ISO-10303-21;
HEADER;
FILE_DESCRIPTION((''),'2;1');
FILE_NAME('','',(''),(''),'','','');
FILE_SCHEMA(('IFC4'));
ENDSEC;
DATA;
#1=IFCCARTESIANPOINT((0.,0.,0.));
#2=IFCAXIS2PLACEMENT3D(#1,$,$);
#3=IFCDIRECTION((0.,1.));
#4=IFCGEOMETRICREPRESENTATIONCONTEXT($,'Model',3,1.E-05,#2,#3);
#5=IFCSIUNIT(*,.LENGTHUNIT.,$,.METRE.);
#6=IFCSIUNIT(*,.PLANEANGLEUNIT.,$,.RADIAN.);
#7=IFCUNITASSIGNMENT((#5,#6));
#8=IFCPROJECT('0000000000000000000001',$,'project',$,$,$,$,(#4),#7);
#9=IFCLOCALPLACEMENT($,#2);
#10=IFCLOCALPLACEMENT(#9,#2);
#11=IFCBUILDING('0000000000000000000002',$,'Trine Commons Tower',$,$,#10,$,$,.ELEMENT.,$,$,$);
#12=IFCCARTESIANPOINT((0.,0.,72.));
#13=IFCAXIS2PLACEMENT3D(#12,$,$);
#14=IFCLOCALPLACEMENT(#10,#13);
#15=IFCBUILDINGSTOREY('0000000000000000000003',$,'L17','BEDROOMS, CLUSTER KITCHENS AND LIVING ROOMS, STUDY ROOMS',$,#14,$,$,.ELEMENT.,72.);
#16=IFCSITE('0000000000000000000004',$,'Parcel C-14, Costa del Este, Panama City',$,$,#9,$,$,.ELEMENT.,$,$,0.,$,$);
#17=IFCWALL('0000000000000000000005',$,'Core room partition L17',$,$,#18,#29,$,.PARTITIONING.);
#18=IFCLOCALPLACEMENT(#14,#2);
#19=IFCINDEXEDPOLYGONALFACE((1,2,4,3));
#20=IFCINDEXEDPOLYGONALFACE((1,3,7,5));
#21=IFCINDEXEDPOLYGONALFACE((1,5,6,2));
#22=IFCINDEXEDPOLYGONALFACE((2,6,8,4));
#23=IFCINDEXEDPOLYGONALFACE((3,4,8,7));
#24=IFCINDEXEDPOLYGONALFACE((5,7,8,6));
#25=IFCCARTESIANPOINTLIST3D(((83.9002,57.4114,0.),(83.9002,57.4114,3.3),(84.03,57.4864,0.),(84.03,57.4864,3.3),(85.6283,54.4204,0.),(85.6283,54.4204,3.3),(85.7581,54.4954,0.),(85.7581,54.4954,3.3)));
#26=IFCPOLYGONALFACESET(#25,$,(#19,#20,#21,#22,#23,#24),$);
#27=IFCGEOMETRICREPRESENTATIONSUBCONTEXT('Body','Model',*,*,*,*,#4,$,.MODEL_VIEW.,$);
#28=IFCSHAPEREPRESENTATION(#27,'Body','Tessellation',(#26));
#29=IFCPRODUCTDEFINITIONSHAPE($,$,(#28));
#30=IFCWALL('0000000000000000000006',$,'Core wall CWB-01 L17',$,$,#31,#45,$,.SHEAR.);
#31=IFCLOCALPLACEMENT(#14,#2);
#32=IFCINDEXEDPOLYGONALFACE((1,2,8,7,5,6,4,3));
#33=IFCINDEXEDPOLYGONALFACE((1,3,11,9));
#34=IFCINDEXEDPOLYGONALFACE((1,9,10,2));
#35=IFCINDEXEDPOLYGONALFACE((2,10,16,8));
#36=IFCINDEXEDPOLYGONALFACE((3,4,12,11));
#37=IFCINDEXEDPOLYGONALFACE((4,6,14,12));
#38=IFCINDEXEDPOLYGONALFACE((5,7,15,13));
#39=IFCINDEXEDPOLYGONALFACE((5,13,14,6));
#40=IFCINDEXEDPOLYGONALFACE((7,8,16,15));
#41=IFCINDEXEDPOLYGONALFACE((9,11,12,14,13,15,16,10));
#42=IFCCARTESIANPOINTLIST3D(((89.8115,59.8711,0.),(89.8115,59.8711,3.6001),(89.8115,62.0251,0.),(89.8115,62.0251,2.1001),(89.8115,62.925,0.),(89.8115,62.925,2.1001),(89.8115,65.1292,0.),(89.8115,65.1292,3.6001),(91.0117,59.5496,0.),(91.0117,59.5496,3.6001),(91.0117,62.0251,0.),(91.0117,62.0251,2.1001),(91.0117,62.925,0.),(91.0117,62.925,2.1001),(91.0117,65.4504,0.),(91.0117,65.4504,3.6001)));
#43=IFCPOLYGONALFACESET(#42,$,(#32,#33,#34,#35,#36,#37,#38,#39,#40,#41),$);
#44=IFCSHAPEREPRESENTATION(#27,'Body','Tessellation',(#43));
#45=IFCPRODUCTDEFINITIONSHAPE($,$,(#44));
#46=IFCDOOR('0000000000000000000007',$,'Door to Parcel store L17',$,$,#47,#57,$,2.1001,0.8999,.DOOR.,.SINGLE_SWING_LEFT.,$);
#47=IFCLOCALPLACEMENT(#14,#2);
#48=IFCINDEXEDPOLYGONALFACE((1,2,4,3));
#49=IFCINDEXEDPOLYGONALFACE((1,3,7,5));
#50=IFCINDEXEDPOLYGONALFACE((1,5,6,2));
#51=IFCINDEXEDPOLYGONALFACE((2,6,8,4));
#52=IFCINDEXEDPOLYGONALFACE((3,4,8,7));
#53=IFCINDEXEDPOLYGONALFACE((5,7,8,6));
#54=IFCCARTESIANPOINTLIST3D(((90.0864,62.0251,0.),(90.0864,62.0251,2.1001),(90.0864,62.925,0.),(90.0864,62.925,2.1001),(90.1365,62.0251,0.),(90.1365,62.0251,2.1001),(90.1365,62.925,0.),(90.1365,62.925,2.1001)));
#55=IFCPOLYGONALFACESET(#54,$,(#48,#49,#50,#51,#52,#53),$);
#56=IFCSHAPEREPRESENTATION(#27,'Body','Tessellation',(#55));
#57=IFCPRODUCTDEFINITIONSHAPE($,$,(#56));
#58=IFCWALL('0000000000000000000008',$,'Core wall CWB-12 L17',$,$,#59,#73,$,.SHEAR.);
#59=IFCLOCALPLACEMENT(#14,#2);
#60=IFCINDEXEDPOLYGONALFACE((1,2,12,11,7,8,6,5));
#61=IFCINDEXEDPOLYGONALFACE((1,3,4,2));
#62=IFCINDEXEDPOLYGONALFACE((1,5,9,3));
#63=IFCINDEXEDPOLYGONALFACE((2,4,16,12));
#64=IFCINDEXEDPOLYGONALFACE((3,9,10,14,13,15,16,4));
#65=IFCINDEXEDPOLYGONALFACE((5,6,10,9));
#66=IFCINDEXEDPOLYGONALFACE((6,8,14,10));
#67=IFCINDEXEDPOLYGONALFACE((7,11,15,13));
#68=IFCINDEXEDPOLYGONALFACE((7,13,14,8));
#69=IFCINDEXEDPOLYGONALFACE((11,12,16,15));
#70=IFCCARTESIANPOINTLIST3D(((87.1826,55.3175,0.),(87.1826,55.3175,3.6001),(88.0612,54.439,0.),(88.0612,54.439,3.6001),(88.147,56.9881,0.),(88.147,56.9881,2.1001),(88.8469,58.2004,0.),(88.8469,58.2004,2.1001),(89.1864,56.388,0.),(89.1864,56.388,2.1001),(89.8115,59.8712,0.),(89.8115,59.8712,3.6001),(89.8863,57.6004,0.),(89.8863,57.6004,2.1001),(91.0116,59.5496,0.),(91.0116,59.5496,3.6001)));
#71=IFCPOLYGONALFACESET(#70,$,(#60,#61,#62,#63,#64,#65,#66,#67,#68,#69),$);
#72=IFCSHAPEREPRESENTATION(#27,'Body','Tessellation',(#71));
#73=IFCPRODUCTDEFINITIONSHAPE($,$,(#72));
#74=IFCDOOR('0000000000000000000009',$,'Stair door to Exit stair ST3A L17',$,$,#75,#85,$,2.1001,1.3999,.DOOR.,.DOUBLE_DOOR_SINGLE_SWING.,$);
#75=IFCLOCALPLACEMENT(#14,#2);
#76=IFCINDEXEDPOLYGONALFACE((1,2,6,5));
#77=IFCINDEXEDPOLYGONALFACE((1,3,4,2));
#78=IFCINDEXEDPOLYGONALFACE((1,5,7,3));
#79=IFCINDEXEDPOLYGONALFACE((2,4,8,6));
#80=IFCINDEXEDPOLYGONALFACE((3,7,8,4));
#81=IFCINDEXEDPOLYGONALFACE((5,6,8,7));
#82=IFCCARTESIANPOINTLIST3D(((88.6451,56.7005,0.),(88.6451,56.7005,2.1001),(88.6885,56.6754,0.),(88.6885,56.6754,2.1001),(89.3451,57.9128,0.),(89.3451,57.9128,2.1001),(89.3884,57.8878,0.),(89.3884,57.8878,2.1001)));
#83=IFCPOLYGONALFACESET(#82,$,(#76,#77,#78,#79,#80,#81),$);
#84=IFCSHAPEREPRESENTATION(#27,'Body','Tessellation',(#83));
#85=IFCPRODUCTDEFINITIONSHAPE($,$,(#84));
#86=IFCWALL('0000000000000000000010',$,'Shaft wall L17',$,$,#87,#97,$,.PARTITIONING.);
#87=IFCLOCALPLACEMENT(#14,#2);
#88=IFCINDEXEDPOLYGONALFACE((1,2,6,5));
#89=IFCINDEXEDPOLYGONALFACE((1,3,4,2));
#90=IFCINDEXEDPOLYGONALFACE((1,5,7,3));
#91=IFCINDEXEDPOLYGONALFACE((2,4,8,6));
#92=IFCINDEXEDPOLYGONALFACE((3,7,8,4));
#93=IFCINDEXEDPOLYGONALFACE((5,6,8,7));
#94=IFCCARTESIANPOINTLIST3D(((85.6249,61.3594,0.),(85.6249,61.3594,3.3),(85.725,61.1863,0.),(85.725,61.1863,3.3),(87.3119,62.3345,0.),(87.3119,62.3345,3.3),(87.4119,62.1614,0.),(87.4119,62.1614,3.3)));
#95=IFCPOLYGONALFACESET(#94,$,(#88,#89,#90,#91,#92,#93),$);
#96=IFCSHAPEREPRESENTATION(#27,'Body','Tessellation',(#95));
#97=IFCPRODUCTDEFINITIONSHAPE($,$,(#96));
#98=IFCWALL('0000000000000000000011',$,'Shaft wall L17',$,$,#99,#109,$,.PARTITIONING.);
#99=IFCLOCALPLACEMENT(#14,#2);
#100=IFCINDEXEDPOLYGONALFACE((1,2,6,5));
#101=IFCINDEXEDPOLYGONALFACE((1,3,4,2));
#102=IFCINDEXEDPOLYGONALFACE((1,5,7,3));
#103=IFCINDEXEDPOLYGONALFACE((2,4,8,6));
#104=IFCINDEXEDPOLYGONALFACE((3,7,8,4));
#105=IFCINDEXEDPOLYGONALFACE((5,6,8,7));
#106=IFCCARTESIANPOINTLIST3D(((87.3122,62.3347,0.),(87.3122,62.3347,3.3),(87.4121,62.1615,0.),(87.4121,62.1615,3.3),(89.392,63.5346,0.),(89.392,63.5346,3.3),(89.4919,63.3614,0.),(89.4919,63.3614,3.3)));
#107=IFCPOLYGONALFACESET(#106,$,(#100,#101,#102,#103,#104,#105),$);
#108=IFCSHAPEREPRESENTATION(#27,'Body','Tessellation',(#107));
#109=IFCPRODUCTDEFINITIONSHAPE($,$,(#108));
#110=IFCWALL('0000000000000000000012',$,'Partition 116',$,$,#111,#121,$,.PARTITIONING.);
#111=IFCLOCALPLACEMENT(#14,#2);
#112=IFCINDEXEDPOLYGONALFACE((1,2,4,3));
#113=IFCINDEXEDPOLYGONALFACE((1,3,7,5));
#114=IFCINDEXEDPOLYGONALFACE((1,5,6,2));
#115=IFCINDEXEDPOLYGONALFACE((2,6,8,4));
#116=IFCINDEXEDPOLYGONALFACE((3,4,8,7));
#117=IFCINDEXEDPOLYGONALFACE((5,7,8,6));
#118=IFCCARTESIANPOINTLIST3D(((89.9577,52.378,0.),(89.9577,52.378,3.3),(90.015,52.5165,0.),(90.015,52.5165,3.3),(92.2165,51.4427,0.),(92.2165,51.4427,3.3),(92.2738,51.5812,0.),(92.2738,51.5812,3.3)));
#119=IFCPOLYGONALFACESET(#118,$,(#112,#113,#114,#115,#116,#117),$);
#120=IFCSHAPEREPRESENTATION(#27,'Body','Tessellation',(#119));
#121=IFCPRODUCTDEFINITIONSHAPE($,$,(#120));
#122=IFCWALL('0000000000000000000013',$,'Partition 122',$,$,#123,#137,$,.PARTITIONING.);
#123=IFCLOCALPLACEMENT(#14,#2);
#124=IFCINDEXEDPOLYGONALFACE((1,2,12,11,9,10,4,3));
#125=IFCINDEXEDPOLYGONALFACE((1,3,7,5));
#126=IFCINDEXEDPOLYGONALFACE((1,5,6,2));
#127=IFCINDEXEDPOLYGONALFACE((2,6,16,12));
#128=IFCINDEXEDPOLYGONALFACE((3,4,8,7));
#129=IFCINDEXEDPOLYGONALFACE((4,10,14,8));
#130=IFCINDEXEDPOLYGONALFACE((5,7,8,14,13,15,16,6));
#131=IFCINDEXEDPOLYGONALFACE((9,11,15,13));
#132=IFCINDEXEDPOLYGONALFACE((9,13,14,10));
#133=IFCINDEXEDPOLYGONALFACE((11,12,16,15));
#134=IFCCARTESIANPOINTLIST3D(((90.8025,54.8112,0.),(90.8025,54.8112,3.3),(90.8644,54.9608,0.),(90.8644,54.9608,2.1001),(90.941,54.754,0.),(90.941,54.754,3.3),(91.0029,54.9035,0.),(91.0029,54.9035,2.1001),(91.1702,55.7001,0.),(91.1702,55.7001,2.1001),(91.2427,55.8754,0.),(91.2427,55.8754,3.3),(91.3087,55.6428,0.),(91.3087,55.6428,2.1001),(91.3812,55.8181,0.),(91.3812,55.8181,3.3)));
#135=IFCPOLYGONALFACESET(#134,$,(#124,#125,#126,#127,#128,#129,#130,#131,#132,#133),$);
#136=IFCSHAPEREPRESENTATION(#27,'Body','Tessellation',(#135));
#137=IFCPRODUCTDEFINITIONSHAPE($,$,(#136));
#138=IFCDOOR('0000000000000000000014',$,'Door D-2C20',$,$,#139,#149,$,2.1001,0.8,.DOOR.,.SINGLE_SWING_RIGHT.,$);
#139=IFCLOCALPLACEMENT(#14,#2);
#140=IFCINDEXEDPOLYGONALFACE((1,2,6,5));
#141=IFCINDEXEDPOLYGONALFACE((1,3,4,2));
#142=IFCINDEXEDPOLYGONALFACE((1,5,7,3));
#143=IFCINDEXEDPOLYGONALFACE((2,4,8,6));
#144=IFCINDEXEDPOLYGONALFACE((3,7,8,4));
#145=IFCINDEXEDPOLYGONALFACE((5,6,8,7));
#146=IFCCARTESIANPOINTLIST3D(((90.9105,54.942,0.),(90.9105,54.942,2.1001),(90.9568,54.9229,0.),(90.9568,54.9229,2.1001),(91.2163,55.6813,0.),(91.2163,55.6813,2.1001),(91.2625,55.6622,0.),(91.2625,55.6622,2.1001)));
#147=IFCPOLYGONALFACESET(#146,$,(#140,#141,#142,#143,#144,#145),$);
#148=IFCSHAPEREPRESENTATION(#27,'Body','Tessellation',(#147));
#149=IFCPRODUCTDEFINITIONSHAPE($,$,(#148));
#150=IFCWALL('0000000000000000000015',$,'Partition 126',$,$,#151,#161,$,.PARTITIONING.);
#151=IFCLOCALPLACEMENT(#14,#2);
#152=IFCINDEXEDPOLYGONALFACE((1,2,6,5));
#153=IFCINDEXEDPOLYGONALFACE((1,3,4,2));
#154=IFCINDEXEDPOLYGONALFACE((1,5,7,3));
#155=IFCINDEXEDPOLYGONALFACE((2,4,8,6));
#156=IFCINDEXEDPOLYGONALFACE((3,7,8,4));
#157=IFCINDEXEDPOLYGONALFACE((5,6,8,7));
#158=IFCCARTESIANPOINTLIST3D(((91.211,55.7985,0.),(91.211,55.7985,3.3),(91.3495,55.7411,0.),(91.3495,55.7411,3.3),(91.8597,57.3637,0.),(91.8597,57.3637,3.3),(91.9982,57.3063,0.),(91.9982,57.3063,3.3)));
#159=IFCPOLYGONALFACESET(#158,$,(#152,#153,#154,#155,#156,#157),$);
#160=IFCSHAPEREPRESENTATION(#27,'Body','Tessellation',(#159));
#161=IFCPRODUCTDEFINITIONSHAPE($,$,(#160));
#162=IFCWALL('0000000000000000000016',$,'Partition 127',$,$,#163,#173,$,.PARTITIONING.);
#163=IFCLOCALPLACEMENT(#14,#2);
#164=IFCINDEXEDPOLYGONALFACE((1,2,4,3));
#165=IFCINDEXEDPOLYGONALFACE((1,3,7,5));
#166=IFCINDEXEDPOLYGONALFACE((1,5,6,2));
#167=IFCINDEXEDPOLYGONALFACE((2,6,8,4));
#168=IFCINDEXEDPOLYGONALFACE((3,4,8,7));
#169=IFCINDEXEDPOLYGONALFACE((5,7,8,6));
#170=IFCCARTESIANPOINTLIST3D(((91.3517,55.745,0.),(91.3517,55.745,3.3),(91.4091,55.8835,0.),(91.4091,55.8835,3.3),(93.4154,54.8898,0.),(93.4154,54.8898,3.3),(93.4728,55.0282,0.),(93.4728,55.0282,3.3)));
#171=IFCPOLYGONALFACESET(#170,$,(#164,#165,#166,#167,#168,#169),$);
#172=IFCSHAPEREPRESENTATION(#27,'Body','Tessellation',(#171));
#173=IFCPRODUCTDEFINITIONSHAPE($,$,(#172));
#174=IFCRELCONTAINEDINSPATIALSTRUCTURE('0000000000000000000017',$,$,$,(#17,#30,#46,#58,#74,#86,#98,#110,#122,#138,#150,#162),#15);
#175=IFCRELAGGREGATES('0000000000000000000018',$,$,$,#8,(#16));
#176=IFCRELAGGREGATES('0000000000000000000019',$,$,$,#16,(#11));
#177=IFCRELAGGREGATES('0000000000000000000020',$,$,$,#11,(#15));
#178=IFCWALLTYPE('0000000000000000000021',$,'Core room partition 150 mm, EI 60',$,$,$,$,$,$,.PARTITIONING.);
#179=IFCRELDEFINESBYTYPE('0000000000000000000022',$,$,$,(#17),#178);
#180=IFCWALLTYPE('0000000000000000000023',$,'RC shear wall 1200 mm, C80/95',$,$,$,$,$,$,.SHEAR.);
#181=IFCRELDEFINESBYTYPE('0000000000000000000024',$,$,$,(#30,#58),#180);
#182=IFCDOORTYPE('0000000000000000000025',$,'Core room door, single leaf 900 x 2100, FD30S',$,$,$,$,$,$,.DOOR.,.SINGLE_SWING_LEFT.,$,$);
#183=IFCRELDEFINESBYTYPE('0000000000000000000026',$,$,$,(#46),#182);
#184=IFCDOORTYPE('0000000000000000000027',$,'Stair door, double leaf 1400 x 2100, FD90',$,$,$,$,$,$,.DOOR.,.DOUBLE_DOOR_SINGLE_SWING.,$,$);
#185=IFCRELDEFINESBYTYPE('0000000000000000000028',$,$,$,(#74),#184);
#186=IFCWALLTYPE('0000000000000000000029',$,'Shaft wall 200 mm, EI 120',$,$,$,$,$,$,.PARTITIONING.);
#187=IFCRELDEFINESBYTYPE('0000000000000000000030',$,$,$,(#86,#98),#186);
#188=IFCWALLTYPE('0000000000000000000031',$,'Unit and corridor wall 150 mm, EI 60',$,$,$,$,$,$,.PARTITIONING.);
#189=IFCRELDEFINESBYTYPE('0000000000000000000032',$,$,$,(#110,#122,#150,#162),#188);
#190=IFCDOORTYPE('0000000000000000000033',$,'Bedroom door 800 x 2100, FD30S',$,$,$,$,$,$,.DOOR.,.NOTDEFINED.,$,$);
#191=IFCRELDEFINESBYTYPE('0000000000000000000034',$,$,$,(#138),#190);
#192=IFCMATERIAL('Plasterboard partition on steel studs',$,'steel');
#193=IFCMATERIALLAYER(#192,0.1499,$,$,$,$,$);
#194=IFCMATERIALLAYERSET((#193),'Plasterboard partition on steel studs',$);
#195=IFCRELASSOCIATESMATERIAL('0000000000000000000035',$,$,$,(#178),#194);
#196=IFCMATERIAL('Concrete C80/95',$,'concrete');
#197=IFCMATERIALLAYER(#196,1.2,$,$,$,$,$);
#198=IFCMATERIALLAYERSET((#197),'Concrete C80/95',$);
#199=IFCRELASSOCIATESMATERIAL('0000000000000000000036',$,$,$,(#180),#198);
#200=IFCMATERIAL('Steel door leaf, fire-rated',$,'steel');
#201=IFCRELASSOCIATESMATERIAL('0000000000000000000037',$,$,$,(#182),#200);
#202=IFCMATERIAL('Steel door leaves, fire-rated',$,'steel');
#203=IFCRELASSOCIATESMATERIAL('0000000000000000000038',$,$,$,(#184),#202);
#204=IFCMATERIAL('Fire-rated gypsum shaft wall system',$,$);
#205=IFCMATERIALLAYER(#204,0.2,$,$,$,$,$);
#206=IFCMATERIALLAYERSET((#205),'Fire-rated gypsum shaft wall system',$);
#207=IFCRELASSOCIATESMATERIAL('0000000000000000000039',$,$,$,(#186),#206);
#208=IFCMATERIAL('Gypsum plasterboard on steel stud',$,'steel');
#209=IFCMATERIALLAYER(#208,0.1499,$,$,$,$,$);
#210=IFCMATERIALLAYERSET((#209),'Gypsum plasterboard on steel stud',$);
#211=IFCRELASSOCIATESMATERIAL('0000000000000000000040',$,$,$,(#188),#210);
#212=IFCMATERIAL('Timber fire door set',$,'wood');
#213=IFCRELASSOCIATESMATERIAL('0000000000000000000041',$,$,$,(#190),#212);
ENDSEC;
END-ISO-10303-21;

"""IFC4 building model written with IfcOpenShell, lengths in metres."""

from ifc_helpers import new_model, si_unit, direction, frame, frame_2d, origin, place, context, subcontext, project, spatial, polyline, rectangle, outline, extrude, material, layer, layer_set, type_object, element, fill, save


model = new_model("IFC4")

# Units and contexts
model_context = context("Model", 3, precision=1e-05, world=origin(), true_north=direction((0.0, 1.0)))
body_context = subcontext(model_context, "Body", "Model", "MODEL_VIEW")
ifc_project = project(units=[si_unit("LENGTHUNIT", "METRE"), si_unit("PLANEANGLEUNIT", "RADIAN")], contexts=[model_context])

# Site, building, storey
site_placement = place(None, origin())
site = spatial("IfcSite", under=ifc_project, at=site_placement, Name="Parcel C-14, Costa del Este, Panama City", CompositionType="ELEMENT", RefElevation=0.0)
building_placement = place(site_placement, origin())
building = spatial("IfcBuilding", under=site, at=building_placement, Name="Trine Commons Tower", CompositionType="ELEMENT")
storey_placement = place(building_placement, frame((0.0, 0.0, 72.0)))
storey = spatial("IfcBuildingStorey", under=building, at=storey_placement, Name="L17", Description="BEDROOMS, CLUSTER KITCHENS AND LIVING ROOMS, STUDY ROOMS", CompositionType="ELEMENT", Elevation=72.0)

# Wall
ifc_material_1 = material(Name="Plasterboard partition on steel studs", Category="steel")
ifc_layer_1 = layer(ifc_material_1, 0.1499)
ifc_layer_set_1 = layer_set([ifc_layer_1], Name="Plasterboard partition on steel studs")
wall_type_1 = type_object("IfcWallType", Name="Core room partition 150 mm, EI 60", PredefinedType="PARTITIONING", material=ifc_layer_set_1)
wall_1_placement = place(storey_placement, frame((85.6931, 54.458, 0.0), z_axis=(0.0, 0.0, 1.0), x_axis=(-0.500259, 0.865876, 0.0)))
element("IfcWall", 1, at=wall_1_placement, inside=storey, type_object=wall_type_1, Name="Core room partition L17", PredefinedType="PARTITIONING", context=body_context, shape_type="SweptSolid", body=[
    extrude(rectangle(XDim=3.4543, YDim=0.1499, at=frame_2d((1.7271, 0.0))), origin(), (0.0, 0.0, 1.0), 3.3),
])

# Walls, openings, doors
ifc_material_2 = material(Name="Concrete C80/95", Category="concrete")
ifc_layer_2 = layer(ifc_material_2, 1.2)
ifc_layer_set_2 = layer_set([ifc_layer_2], Name="Concrete C80/95")
wall_type_2 = type_object("IfcWallType", Name="RC shear wall 1200 mm, C80/95", PredefinedType="SHEAR", material=ifc_layer_set_2)
wall_2_placement = place(storey_placement, frame((90.4116, 59.5496, 0.0), z_axis=(0.0, 0.0, 1.0), x_axis=(0.0, 1.0, 0.0)))
wall_2 = element("IfcWall", 2, at=wall_2_placement, inside=storey, type_object=wall_type_2, Name="Core wall CWB-01 L17", PredefinedType="SHEAR", context=body_context, shape_type="SweptSolid", body=[
    extrude(outline(polyline([(0.0, -0.6001), (5.9009, -0.6001), (5.5796, 0.6001), (0.3215, 0.6001), (0.0, -0.6001)])), origin(), (0.0, 0.0, 1.0), 3.6001),
])
opening_1_placement = place(wall_2_placement, frame((2.4756, 0.0, 0.0)))
opening_1 = element("IfcOpeningElement", 3, at=opening_1_placement, cuts=wall_2, PredefinedType="OPENING", context=body_context, shape_type="SweptSolid", body=[
    extrude(rectangle(XDim=0.8999, YDim=2.1001, at=frame_2d((0.45, 1.05))), frame((0.0, 0.6099, 0.0), z_axis=(0.0, -1.0, 0.0), x_axis=(1.0, 0.0, 0.0)), (0.0, 0.0, 1.0), 1.22),
])
ifc_material_3 = material(Name="Steel door leaf, fire-rated", Category="steel")
door_type_1 = type_object("IfcDoorType", Name="Core room door, single leaf 900 x 2100, FD30S", OperationType="SINGLE_SWING_LEFT", PredefinedType="DOOR", material=ifc_material_3)
door_1_placement = place(opening_1_placement, origin())
door_1 = element("IfcDoor", 4, at=door_1_placement, inside=storey, type_object=door_type_1, Name="Door to Parcel store L17", OperationType="SINGLE_SWING_LEFT", OverallHeight=2.1001, OverallWidth=0.8999, PredefinedType="DOOR", context=body_context, shape_type="SweptSolid", body=[
    extrude(rectangle(XDim=0.8999, YDim=2.1001, at=frame_2d((0.45, 1.05))), frame((0.0, 0.3252, 0.0), z_axis=(0.0, -1.0, 0.0), x_axis=(1.0, 0.0, 0.0)), (0.0, 0.0, 1.0), 0.05),
])
fill(opening_1, door_1)
wall_3_placement = place(storey_placement, frame((87.5415, 54.739, 0.0), z_axis=(0.0, 0.0, 1.0), x_axis=(0.499979, 0.866037, 0.0)))
wall_3 = element("IfcWall", 5, at=wall_3_placement, inside=storey, type_object=wall_type_2, Name="Core wall CWB-12 L17", PredefinedType="SHEAR", context=body_context, shape_type="SweptSolid", body=[
    extrude(outline(polyline([(0.0, -0.6001), (5.9011, -0.6001), (5.5796, 0.6001), (0.3215, 0.6001), (0.0, -0.6001)])), origin(), (0.0, 0.0, 1.0), 3.6001),
])
opening_2_placement = place(wall_3_placement, frame((2.2505, 0.0, 0.0)))
opening_2 = element("IfcOpeningElement", 6, at=opening_2_placement, cuts=wall_3, PredefinedType="OPENING", context=body_context, shape_type="SweptSolid", body=[
    extrude(rectangle(XDim=1.3999, YDim=2.1001, at=frame_2d((0.7, 1.05))), frame((0.0, 0.6099, 0.0), z_axis=(0.0, -1.0, 0.0), x_axis=(1.0, 0.0, 0.0)), (0.0, 0.0, 1.0), 1.22),
])
ifc_material_4 = material(Name="Steel door leaves, fire-rated", Category="steel")
door_type_2 = type_object("IfcDoorType", Name="Stair door, double leaf 1400 x 2100, FD90", OperationType="DOUBLE_DOOR_SINGLE_SWING", PredefinedType="DOOR", material=ifc_material_4)
door_2_placement = place(opening_2_placement, origin())
door_2 = element("IfcDoor", 7, at=door_2_placement, inside=storey, type_object=door_type_2, Name="Stair door to Exit stair ST3A L17", OperationType="DOUBLE_DOOR_SINGLE_SWING", OverallHeight=2.1001, OverallWidth=1.3999, PredefinedType="DOOR", context=body_context, shape_type="SweptSolid", body=[
    extrude(rectangle(XDim=1.3999, YDim=2.1001, at=frame_2d((0.7, 1.05))), frame((0.0, 0.0249, 0.0), z_axis=(0.0, -1.0, 0.0), x_axis=(1.0, 0.0, 0.0)), (0.0, 0.0, 1.0), 0.05),
])
fill(opening_2, door_2)

# Walls
ifc_material_5 = material(Name="Fire-rated gypsum shaft wall system")
ifc_layer_3 = layer(ifc_material_5, 0.2)
ifc_layer_set_3 = layer_set([ifc_layer_3], Name="Fire-rated gypsum shaft wall system")
wall_type_3 = type_object("IfcWallType", Name="Shaft wall 200 mm, EI 120", PredefinedType="PARTITIONING", material=ifc_layer_set_3)
wall_4_placement = place(storey_placement, frame((85.675, 61.2729, 0.0), z_axis=(0.0, 0.0, 1.0), x_axis=(0.865781, 0.500424, 0.0)))
element("IfcWall", 8, at=wall_4_placement, inside=storey, type_object=wall_type_3, Name="Shaft wall L17", PredefinedType="PARTITIONING", context=body_context, shape_type="SweptSolid", body=[
    extrude(rectangle(XDim=1.9485, YDim=0.2, at=frame_2d((0.9741, 0.0))), origin(), (0.0, 0.0, 1.0), 3.3),
])
wall_5_placement = place(storey_placement, frame((87.3621, 62.248, 0.0), z_axis=(0.0, 0.0, 1.0), x_axis=(0.866177, 0.499737, 0.0)))
element("IfcWall", 9, at=wall_5_placement, inside=storey, type_object=wall_type_3, Name="Shaft wall L17", PredefinedType="PARTITIONING", context=body_context, shape_type="SweptSolid", body=[
    extrude(rectangle(XDim=2.4011, YDim=0.2, at=frame_2d((1.2007, 0.0))), origin(), (0.0, 0.0, 1.0), 3.3),
])
ifc_material_6 = material(Name="Gypsum plasterboard on steel stud", Category="steel")
ifc_layer_4 = layer(ifc_material_6, 0.1499)
ifc_layer_set_4 = layer_set([ifc_layer_4], Name="Gypsum plasterboard on steel stud")
wall_type_4 = type_object("IfcWallType", Name="Unit and corridor wall 150 mm, EI 60", PredefinedType="PARTITIONING", material=ifc_layer_set_4)
wall_6_placement = place(storey_placement, frame((89.9863, 52.4473, 0.0), z_axis=(0.0, 0.0, 1.0), x_axis=(0.923926, -0.382572, 0.0)))
element("IfcWall", 10, at=wall_6_placement, inside=storey, type_object=wall_type_4, Name="Partition 116", PredefinedType="PARTITIONING", context=body_context, shape_type="SweptSolid", body=[
    extrude(rectangle(XDim=2.4448, YDim=0.1499, at=frame_2d((1.2224, 0.0))), origin(), (0.0, 0.0, 1.0), 3.3),
])

# Wall, opening, door
wall_7_placement = place(storey_placement, frame((90.8718, 54.7827, 0.0), z_axis=(0.0, 0.0, 1.0), x_axis=(0.382221, 0.924071, 0.0)))
wall_7 = element("IfcWall", 11, at=wall_7_placement, inside=storey, type_object=wall_type_4, Name="Partition 122", PredefinedType="PARTITIONING", context=body_context, shape_type="SweptSolid", body=[
    extrude(rectangle(XDim=1.1516, YDim=0.1499, at=frame_2d((0.5757, 0.0))), origin(), (0.0, 0.0, 1.0), 3.3),
])
opening_3_placement = place(wall_7_placement, frame((0.1619, 0.0, 0.0)))
opening_3 = element("IfcOpeningElement", 12, at=opening_3_placement, cuts=wall_7, PredefinedType="OPENING", context=body_context, shape_type="SweptSolid", body=[
    extrude(rectangle(XDim=0.8, YDim=2.1001, at=frame_2d((0.3999, 1.05))), frame((0.0, 0.085, 0.0), z_axis=(0.0, -1.0, 0.0), x_axis=(1.0, 0.0, 0.0)), (0.0, 0.0, 1.0), 0.1699),
])
ifc_material_7 = material(Name="Timber fire door set", Category="wood")
door_type_3 = type_object("IfcDoorType", Name="Bedroom door 800 x 2100, FD30S", OperationType="NOTDEFINED", PredefinedType="DOOR", material=ifc_material_7)
door_3_placement = place(opening_3_placement, frame((0.8, 0.0, 0.0), z_axis=(0.0, 0.0, 1.0), x_axis=(-1.0, 0.0, 0.0)))
door_3 = element("IfcDoor", 13, at=door_3_placement, inside=storey, type_object=door_type_3, Name="Door D-2C20", OperationType="SINGLE_SWING_RIGHT", OverallHeight=2.1001, OverallWidth=0.8, PredefinedType="DOOR", context=body_context, shape_type="SweptSolid", body=[
    extrude(rectangle(XDim=0.8, YDim=2.1001, at=frame_2d((0.3999, 1.05))), frame((0.0, 0.0249, 0.0), z_axis=(0.0, -1.0, 0.0), x_axis=(1.0, 0.0, 0.0)), (0.0, 0.0, 1.0), 0.05),
])
fill(opening_3, door_3)

# Walls
wall_8_placement = place(storey_placement, frame((91.2803, 55.7698, 0.0), z_axis=(0.0, 0.0, 1.0), x_axis=(0.382865, 0.923804, 0.0)))
element("IfcWall", 14, at=wall_8_placement, inside=storey, type_object=wall_type_4, Name="Partition 126", PredefinedType="PARTITIONING", context=body_context, shape_type="SweptSolid", body=[
    extrude(rectangle(XDim=1.6943, YDim=0.1499, at=frame_2d((0.8472, 0.0))), origin(), (0.0, 0.0, 1.0), 3.3),
])
wall_9_placement = place(storey_placement, frame((91.3804, 55.8142, 0.0), z_axis=(0.0, 0.0, 1.0), x_axis=(0.923816, -0.382838, 0.0)))
element("IfcWall", 15, at=wall_9_placement, inside=storey, type_object=wall_type_4, Name="Partition 127", PredefinedType="PARTITIONING", context=body_context, shape_type="SweptSolid", body=[
    extrude(rectangle(XDim=2.2339, YDim=0.1499, at=frame_2d((1.1169, 0.0))), origin(), (0.0, 0.0, 1.0), 3.3),
])

save(model, "model.ifc")
